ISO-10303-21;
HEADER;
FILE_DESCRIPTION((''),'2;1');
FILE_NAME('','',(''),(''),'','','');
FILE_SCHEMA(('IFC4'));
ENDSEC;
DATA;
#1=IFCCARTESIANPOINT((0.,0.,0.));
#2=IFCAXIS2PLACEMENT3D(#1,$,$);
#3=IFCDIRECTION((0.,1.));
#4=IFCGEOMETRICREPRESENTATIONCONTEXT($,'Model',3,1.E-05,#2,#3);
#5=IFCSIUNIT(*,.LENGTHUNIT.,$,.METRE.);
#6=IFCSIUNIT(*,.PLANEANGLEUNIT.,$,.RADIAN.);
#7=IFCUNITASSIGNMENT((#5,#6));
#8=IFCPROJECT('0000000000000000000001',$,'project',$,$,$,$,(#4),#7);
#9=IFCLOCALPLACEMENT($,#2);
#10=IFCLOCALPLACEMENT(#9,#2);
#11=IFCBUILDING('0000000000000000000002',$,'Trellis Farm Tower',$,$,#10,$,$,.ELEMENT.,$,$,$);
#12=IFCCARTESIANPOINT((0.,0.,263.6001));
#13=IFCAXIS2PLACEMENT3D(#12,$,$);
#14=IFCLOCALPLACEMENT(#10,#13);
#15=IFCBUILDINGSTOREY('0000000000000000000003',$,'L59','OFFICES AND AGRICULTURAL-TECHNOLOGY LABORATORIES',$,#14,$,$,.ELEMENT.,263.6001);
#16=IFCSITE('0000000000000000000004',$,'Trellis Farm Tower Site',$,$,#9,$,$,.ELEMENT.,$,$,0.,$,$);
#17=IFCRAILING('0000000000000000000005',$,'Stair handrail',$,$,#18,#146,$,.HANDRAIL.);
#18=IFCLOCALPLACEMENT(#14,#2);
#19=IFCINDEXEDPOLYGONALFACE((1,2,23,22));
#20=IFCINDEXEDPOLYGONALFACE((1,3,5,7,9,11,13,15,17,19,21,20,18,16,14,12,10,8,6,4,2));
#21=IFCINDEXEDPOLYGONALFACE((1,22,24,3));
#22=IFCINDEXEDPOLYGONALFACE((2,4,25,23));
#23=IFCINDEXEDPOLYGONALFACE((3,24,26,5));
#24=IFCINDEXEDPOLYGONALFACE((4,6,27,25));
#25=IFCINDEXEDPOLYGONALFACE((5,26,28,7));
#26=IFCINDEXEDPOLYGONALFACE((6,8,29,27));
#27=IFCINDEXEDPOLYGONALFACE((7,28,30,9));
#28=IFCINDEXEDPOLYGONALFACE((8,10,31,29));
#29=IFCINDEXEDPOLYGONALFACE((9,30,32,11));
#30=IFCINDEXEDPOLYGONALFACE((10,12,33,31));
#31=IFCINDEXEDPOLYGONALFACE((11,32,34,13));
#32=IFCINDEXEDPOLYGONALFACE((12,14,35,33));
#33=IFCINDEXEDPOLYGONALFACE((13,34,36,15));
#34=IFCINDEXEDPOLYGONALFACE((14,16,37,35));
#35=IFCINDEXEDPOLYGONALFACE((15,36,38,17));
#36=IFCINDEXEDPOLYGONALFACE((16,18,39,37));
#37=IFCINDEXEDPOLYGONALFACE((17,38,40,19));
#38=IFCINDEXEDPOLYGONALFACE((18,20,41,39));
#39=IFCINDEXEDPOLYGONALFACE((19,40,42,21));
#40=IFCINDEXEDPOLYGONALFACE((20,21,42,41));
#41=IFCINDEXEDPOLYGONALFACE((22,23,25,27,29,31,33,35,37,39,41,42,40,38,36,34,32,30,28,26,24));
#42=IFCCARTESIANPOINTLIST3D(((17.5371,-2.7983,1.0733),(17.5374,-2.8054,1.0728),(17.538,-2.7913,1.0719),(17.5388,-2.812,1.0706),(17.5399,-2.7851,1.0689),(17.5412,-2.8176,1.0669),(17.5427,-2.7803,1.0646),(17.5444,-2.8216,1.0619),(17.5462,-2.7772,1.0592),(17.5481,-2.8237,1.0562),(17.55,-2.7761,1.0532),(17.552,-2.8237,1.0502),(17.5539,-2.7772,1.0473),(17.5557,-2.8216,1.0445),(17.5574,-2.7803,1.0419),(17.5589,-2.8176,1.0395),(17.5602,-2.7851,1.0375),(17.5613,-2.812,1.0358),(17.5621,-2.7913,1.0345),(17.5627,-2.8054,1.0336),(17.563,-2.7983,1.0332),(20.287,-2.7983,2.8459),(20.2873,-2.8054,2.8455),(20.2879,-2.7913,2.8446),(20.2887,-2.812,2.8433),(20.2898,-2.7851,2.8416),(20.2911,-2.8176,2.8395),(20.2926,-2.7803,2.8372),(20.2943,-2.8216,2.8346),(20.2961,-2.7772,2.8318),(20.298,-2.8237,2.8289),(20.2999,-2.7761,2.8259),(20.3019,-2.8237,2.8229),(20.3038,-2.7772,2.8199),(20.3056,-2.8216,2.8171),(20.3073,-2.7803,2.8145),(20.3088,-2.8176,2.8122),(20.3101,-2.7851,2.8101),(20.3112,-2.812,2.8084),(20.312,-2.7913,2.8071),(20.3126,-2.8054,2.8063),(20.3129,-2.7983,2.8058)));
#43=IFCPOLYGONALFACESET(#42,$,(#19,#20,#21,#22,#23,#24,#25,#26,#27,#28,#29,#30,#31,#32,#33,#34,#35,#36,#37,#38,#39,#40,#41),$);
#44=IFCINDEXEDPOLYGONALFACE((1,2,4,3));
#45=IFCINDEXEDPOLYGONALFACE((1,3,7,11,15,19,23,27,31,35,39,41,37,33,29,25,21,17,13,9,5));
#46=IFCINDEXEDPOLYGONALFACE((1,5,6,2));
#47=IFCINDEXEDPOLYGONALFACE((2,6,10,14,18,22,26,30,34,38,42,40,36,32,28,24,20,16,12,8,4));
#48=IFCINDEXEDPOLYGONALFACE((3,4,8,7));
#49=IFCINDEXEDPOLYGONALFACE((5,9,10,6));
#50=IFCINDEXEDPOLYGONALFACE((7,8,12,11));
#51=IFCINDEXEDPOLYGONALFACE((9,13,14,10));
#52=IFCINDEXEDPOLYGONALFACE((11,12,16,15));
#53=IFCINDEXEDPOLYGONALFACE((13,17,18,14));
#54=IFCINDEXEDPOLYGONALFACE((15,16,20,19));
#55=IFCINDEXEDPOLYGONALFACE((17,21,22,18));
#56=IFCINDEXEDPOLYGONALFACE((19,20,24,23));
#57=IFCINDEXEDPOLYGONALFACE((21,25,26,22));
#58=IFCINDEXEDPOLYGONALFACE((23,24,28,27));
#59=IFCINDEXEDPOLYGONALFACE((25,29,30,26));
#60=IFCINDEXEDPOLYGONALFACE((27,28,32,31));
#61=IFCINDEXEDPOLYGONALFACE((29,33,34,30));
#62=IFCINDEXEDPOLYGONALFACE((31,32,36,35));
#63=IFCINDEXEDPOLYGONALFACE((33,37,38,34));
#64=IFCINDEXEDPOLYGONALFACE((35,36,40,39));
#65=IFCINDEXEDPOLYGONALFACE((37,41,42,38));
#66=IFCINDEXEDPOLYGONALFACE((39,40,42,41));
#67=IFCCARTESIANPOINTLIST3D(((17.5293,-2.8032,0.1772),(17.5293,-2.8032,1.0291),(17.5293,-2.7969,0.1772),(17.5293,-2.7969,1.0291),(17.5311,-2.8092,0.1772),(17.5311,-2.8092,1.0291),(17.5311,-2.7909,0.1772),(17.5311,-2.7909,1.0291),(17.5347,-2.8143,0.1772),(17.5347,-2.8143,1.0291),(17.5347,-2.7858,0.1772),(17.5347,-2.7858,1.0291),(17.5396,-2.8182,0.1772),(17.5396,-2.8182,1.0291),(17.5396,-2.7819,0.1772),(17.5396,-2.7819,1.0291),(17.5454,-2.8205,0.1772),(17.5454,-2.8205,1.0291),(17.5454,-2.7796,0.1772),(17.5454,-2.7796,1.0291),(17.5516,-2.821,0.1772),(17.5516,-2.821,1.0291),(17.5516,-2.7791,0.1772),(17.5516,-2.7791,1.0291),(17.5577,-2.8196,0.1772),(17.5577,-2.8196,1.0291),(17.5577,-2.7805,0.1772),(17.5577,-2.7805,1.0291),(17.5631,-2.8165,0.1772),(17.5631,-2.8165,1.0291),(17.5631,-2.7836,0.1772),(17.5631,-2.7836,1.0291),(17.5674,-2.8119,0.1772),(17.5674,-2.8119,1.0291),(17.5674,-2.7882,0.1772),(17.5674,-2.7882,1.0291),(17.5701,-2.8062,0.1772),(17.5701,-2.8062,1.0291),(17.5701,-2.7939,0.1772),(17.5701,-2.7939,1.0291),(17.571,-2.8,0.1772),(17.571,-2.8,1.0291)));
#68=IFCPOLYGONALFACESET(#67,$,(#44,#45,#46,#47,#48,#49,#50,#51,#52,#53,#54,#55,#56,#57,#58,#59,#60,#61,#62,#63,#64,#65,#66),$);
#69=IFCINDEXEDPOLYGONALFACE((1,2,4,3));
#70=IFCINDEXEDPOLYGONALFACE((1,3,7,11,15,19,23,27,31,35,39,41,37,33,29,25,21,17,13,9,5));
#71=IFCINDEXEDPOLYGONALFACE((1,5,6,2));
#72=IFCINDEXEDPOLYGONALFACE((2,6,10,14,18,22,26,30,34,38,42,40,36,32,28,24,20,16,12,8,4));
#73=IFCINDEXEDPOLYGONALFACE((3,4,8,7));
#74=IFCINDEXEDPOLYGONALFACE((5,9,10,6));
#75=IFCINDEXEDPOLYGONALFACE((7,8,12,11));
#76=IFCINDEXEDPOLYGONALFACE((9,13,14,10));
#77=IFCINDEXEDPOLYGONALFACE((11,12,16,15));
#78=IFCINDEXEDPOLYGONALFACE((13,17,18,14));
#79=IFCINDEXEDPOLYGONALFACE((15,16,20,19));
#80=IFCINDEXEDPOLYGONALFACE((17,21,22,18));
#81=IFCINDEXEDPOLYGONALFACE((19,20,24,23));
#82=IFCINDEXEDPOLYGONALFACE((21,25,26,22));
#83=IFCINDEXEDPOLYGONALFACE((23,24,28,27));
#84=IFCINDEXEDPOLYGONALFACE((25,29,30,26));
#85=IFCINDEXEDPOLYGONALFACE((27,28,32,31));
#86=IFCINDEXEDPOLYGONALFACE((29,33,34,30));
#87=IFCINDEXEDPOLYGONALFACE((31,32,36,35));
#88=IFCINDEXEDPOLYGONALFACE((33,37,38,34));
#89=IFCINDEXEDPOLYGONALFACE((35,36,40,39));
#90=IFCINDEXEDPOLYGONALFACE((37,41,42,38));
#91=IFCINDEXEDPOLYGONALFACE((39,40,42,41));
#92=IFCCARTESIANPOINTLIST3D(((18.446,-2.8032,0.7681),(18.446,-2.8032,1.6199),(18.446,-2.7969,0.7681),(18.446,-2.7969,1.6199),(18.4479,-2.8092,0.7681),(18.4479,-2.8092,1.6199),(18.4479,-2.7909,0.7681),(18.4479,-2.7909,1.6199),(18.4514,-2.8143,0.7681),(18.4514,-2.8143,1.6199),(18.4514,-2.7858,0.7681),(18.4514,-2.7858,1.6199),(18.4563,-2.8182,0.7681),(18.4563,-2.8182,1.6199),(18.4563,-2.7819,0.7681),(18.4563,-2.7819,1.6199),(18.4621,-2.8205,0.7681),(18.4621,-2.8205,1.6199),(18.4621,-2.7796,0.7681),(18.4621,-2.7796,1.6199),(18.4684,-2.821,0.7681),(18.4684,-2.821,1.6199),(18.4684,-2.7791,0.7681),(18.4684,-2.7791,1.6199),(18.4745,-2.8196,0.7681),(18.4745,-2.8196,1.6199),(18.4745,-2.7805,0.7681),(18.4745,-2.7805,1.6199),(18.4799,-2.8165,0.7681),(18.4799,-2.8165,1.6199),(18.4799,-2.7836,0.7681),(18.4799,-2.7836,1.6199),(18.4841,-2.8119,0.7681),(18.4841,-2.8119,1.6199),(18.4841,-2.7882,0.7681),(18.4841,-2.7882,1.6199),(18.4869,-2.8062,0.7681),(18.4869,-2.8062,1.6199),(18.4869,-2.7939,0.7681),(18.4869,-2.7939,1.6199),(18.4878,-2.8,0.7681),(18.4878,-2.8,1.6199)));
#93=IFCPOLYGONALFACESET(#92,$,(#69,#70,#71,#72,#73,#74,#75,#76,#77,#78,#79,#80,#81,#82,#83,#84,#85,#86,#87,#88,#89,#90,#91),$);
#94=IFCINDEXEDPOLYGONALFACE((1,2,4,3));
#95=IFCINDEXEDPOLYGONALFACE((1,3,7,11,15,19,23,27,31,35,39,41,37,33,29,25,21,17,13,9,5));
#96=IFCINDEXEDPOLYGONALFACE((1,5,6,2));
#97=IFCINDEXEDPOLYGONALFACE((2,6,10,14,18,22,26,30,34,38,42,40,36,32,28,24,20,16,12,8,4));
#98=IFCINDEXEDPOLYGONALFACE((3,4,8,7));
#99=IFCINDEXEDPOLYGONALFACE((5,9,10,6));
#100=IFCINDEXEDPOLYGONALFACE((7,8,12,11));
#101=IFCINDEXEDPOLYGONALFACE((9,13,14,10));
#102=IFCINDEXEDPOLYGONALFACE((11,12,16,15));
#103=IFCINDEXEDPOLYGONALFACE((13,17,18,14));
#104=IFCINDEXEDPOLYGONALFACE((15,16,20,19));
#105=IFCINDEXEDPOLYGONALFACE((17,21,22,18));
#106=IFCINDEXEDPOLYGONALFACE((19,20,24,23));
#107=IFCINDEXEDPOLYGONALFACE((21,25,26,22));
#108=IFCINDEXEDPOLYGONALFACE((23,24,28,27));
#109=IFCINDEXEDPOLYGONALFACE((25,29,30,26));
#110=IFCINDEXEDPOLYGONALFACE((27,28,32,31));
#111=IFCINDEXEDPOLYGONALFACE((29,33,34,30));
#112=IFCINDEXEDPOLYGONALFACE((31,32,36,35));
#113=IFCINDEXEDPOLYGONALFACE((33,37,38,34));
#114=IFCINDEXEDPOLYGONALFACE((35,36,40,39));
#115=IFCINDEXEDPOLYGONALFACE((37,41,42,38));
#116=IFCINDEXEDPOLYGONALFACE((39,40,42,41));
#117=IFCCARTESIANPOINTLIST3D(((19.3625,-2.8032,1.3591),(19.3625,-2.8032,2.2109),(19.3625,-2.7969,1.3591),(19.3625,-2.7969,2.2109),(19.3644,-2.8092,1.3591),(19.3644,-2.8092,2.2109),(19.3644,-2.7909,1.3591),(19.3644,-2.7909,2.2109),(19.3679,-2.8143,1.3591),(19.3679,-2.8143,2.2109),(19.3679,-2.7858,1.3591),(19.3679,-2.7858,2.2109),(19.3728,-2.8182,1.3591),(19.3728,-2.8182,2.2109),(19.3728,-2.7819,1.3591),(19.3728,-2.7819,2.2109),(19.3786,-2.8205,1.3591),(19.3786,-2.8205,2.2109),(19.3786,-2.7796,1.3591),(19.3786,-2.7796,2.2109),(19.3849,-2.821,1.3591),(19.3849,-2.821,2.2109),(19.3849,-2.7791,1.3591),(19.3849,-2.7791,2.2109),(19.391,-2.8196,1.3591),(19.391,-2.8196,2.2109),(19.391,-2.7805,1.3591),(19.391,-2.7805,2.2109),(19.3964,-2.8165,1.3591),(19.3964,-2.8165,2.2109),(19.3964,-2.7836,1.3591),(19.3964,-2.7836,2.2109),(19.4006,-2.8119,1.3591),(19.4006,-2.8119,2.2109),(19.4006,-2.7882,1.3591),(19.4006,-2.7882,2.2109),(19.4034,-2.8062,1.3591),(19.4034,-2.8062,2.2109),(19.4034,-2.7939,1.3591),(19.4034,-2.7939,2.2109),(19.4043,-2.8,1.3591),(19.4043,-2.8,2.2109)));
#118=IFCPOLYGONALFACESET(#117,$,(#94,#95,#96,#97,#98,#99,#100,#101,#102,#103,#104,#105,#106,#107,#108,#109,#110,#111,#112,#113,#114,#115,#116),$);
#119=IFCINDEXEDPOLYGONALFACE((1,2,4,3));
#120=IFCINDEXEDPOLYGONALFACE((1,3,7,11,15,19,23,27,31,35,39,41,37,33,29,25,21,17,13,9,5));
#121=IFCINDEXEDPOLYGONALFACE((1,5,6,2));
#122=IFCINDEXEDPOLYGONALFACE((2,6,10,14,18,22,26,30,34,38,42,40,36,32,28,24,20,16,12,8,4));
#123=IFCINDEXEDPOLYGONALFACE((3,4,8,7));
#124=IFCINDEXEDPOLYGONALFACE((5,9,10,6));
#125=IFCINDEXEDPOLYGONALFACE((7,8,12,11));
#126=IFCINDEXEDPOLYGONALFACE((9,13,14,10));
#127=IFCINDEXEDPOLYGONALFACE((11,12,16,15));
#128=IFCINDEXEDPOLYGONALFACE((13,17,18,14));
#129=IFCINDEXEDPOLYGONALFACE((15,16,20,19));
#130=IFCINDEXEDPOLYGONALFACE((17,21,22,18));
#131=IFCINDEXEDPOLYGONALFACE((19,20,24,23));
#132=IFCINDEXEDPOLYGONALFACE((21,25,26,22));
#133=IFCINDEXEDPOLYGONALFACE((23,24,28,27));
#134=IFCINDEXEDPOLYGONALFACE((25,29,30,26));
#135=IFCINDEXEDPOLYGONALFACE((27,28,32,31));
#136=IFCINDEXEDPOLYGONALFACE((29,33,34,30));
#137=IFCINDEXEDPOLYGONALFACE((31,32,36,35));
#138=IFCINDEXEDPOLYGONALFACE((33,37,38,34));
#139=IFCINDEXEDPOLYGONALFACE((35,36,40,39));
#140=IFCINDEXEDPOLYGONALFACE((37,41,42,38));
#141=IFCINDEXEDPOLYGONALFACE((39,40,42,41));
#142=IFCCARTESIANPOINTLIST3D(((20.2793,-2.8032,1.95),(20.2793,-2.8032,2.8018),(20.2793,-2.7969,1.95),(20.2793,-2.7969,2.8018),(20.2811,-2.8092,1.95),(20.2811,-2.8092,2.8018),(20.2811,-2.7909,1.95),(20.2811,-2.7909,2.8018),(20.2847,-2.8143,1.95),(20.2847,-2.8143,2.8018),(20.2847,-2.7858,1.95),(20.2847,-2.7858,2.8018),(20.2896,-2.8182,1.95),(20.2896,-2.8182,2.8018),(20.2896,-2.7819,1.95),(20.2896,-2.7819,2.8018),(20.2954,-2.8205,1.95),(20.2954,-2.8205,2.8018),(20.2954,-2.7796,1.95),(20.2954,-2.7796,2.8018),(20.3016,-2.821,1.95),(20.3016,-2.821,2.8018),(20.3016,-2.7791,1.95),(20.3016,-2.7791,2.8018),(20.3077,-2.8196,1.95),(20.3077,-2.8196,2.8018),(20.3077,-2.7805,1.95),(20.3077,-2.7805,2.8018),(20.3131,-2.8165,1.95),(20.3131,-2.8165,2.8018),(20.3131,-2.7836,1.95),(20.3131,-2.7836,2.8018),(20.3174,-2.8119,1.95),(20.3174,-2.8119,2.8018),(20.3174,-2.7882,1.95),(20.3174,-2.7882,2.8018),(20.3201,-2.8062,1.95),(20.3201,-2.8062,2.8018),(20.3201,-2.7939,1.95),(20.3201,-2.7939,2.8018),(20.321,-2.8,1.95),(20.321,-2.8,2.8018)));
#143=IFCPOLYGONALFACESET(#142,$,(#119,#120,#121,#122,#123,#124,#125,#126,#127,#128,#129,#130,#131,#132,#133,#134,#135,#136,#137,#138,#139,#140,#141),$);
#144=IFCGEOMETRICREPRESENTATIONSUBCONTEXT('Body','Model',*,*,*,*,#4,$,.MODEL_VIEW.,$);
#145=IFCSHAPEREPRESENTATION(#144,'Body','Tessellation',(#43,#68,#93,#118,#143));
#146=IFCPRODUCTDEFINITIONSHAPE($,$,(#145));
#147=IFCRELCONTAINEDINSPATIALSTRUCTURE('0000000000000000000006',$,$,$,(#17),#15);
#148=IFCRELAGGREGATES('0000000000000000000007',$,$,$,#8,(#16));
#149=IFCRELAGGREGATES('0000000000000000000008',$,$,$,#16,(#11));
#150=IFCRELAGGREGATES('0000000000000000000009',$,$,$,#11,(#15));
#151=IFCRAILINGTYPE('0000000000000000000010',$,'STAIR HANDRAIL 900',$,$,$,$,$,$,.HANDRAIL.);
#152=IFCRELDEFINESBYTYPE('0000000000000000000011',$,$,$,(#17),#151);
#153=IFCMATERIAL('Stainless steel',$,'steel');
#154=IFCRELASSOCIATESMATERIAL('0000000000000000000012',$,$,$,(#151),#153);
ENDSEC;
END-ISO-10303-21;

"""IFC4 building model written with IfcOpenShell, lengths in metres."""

from ifc_helpers import new_model, si_unit, direction, frame, origin, origin_2d, place, context, subcontext, project, spatial, circle, extrude, source, transform, mapped, material, type_object, element, save


model = new_model("IFC4")

# Units and contexts
model_context = context("Model", 3, precision=1e-05, world=origin(), true_north=direction((0.0, 1.0)))
body_context = subcontext(model_context, "Body", "Model", "MODEL_VIEW")
ifc_project = project(units=[si_unit("LENGTHUNIT", "METRE"), si_unit("PLANEANGLEUNIT", "RADIAN")], contexts=[model_context])

# Site, building, storey
site_placement = place(None, origin())
site = spatial("IfcSite", under=ifc_project, at=site_placement, Name="Trellis Farm Tower Site", CompositionType="ELEMENT", RefElevation=0.0)
building_placement = place(site_placement, origin())
building = spatial("IfcBuilding", under=site, at=building_placement, Name="Trellis Farm Tower", CompositionType="ELEMENT")
storey_placement = place(building_placement, frame((0.0, 0.0, 263.6001)))
storey = spatial("IfcBuildingStorey", under=building, at=storey_placement, Name="L59", Description="OFFICES AND AGRICULTURAL-TECHNOLOGY LABORATORIES", CompositionType="ELEMENT", Elevation=263.6001)

# Railing
ifc_material_1 = material(Name="Stainless steel", Category="steel")
railing_type = type_object("IfcRailingType", Name="STAIR HANDRAIL 900", PredefinedType="HANDRAIL", material=ifc_material_1)
shared_shape_1 = source(origin(), body_context, "Body", "SweptSolid", [
    extrude(circle(Radius=0.0239, at=origin_2d()), frame((0.0, 0.0, 0.876), z_axis=(0.840504, 0.0, 0.541806), x_axis=(0.0, 1.0, 0.0)), (0.0, 0.0, 1.0), 3.2717),
    extrude(circle(Radius=0.021, at=origin_2d()), origin(), (0.0, 0.0, 1.0), 0.8518),
    extrude(circle(Radius=0.021, at=origin_2d()), frame((0.9167, 0.0, 0.5908)), (0.0, 0.0, 1.0), 0.8518),
    extrude(circle(Radius=0.021, at=origin_2d()), frame((1.8333, 0.0, 1.1819)), (0.0, 0.0, 1.0), 0.8518),
    extrude(circle(Radius=0.021, at=origin_2d()), frame((2.75, 0.0, 1.7727)), (0.0, 0.0, 1.0), 0.8518),
])
for number, where, name in (
    (1, (17.55, -2.8, 0.1772), "Stair handrail"),
):
    element("IfcRailing", number, at=place(storey_placement, frame(where)), inside=storey, type_object=railing_type, Name=name, PredefinedType="HANDRAIL", context=body_context, shape_type="MappedRepresentation", body=[
        mapped(shared_shape_1, transform((0.0, 0.0, 0.0))),
    ])

save(model, "model.ifc")
